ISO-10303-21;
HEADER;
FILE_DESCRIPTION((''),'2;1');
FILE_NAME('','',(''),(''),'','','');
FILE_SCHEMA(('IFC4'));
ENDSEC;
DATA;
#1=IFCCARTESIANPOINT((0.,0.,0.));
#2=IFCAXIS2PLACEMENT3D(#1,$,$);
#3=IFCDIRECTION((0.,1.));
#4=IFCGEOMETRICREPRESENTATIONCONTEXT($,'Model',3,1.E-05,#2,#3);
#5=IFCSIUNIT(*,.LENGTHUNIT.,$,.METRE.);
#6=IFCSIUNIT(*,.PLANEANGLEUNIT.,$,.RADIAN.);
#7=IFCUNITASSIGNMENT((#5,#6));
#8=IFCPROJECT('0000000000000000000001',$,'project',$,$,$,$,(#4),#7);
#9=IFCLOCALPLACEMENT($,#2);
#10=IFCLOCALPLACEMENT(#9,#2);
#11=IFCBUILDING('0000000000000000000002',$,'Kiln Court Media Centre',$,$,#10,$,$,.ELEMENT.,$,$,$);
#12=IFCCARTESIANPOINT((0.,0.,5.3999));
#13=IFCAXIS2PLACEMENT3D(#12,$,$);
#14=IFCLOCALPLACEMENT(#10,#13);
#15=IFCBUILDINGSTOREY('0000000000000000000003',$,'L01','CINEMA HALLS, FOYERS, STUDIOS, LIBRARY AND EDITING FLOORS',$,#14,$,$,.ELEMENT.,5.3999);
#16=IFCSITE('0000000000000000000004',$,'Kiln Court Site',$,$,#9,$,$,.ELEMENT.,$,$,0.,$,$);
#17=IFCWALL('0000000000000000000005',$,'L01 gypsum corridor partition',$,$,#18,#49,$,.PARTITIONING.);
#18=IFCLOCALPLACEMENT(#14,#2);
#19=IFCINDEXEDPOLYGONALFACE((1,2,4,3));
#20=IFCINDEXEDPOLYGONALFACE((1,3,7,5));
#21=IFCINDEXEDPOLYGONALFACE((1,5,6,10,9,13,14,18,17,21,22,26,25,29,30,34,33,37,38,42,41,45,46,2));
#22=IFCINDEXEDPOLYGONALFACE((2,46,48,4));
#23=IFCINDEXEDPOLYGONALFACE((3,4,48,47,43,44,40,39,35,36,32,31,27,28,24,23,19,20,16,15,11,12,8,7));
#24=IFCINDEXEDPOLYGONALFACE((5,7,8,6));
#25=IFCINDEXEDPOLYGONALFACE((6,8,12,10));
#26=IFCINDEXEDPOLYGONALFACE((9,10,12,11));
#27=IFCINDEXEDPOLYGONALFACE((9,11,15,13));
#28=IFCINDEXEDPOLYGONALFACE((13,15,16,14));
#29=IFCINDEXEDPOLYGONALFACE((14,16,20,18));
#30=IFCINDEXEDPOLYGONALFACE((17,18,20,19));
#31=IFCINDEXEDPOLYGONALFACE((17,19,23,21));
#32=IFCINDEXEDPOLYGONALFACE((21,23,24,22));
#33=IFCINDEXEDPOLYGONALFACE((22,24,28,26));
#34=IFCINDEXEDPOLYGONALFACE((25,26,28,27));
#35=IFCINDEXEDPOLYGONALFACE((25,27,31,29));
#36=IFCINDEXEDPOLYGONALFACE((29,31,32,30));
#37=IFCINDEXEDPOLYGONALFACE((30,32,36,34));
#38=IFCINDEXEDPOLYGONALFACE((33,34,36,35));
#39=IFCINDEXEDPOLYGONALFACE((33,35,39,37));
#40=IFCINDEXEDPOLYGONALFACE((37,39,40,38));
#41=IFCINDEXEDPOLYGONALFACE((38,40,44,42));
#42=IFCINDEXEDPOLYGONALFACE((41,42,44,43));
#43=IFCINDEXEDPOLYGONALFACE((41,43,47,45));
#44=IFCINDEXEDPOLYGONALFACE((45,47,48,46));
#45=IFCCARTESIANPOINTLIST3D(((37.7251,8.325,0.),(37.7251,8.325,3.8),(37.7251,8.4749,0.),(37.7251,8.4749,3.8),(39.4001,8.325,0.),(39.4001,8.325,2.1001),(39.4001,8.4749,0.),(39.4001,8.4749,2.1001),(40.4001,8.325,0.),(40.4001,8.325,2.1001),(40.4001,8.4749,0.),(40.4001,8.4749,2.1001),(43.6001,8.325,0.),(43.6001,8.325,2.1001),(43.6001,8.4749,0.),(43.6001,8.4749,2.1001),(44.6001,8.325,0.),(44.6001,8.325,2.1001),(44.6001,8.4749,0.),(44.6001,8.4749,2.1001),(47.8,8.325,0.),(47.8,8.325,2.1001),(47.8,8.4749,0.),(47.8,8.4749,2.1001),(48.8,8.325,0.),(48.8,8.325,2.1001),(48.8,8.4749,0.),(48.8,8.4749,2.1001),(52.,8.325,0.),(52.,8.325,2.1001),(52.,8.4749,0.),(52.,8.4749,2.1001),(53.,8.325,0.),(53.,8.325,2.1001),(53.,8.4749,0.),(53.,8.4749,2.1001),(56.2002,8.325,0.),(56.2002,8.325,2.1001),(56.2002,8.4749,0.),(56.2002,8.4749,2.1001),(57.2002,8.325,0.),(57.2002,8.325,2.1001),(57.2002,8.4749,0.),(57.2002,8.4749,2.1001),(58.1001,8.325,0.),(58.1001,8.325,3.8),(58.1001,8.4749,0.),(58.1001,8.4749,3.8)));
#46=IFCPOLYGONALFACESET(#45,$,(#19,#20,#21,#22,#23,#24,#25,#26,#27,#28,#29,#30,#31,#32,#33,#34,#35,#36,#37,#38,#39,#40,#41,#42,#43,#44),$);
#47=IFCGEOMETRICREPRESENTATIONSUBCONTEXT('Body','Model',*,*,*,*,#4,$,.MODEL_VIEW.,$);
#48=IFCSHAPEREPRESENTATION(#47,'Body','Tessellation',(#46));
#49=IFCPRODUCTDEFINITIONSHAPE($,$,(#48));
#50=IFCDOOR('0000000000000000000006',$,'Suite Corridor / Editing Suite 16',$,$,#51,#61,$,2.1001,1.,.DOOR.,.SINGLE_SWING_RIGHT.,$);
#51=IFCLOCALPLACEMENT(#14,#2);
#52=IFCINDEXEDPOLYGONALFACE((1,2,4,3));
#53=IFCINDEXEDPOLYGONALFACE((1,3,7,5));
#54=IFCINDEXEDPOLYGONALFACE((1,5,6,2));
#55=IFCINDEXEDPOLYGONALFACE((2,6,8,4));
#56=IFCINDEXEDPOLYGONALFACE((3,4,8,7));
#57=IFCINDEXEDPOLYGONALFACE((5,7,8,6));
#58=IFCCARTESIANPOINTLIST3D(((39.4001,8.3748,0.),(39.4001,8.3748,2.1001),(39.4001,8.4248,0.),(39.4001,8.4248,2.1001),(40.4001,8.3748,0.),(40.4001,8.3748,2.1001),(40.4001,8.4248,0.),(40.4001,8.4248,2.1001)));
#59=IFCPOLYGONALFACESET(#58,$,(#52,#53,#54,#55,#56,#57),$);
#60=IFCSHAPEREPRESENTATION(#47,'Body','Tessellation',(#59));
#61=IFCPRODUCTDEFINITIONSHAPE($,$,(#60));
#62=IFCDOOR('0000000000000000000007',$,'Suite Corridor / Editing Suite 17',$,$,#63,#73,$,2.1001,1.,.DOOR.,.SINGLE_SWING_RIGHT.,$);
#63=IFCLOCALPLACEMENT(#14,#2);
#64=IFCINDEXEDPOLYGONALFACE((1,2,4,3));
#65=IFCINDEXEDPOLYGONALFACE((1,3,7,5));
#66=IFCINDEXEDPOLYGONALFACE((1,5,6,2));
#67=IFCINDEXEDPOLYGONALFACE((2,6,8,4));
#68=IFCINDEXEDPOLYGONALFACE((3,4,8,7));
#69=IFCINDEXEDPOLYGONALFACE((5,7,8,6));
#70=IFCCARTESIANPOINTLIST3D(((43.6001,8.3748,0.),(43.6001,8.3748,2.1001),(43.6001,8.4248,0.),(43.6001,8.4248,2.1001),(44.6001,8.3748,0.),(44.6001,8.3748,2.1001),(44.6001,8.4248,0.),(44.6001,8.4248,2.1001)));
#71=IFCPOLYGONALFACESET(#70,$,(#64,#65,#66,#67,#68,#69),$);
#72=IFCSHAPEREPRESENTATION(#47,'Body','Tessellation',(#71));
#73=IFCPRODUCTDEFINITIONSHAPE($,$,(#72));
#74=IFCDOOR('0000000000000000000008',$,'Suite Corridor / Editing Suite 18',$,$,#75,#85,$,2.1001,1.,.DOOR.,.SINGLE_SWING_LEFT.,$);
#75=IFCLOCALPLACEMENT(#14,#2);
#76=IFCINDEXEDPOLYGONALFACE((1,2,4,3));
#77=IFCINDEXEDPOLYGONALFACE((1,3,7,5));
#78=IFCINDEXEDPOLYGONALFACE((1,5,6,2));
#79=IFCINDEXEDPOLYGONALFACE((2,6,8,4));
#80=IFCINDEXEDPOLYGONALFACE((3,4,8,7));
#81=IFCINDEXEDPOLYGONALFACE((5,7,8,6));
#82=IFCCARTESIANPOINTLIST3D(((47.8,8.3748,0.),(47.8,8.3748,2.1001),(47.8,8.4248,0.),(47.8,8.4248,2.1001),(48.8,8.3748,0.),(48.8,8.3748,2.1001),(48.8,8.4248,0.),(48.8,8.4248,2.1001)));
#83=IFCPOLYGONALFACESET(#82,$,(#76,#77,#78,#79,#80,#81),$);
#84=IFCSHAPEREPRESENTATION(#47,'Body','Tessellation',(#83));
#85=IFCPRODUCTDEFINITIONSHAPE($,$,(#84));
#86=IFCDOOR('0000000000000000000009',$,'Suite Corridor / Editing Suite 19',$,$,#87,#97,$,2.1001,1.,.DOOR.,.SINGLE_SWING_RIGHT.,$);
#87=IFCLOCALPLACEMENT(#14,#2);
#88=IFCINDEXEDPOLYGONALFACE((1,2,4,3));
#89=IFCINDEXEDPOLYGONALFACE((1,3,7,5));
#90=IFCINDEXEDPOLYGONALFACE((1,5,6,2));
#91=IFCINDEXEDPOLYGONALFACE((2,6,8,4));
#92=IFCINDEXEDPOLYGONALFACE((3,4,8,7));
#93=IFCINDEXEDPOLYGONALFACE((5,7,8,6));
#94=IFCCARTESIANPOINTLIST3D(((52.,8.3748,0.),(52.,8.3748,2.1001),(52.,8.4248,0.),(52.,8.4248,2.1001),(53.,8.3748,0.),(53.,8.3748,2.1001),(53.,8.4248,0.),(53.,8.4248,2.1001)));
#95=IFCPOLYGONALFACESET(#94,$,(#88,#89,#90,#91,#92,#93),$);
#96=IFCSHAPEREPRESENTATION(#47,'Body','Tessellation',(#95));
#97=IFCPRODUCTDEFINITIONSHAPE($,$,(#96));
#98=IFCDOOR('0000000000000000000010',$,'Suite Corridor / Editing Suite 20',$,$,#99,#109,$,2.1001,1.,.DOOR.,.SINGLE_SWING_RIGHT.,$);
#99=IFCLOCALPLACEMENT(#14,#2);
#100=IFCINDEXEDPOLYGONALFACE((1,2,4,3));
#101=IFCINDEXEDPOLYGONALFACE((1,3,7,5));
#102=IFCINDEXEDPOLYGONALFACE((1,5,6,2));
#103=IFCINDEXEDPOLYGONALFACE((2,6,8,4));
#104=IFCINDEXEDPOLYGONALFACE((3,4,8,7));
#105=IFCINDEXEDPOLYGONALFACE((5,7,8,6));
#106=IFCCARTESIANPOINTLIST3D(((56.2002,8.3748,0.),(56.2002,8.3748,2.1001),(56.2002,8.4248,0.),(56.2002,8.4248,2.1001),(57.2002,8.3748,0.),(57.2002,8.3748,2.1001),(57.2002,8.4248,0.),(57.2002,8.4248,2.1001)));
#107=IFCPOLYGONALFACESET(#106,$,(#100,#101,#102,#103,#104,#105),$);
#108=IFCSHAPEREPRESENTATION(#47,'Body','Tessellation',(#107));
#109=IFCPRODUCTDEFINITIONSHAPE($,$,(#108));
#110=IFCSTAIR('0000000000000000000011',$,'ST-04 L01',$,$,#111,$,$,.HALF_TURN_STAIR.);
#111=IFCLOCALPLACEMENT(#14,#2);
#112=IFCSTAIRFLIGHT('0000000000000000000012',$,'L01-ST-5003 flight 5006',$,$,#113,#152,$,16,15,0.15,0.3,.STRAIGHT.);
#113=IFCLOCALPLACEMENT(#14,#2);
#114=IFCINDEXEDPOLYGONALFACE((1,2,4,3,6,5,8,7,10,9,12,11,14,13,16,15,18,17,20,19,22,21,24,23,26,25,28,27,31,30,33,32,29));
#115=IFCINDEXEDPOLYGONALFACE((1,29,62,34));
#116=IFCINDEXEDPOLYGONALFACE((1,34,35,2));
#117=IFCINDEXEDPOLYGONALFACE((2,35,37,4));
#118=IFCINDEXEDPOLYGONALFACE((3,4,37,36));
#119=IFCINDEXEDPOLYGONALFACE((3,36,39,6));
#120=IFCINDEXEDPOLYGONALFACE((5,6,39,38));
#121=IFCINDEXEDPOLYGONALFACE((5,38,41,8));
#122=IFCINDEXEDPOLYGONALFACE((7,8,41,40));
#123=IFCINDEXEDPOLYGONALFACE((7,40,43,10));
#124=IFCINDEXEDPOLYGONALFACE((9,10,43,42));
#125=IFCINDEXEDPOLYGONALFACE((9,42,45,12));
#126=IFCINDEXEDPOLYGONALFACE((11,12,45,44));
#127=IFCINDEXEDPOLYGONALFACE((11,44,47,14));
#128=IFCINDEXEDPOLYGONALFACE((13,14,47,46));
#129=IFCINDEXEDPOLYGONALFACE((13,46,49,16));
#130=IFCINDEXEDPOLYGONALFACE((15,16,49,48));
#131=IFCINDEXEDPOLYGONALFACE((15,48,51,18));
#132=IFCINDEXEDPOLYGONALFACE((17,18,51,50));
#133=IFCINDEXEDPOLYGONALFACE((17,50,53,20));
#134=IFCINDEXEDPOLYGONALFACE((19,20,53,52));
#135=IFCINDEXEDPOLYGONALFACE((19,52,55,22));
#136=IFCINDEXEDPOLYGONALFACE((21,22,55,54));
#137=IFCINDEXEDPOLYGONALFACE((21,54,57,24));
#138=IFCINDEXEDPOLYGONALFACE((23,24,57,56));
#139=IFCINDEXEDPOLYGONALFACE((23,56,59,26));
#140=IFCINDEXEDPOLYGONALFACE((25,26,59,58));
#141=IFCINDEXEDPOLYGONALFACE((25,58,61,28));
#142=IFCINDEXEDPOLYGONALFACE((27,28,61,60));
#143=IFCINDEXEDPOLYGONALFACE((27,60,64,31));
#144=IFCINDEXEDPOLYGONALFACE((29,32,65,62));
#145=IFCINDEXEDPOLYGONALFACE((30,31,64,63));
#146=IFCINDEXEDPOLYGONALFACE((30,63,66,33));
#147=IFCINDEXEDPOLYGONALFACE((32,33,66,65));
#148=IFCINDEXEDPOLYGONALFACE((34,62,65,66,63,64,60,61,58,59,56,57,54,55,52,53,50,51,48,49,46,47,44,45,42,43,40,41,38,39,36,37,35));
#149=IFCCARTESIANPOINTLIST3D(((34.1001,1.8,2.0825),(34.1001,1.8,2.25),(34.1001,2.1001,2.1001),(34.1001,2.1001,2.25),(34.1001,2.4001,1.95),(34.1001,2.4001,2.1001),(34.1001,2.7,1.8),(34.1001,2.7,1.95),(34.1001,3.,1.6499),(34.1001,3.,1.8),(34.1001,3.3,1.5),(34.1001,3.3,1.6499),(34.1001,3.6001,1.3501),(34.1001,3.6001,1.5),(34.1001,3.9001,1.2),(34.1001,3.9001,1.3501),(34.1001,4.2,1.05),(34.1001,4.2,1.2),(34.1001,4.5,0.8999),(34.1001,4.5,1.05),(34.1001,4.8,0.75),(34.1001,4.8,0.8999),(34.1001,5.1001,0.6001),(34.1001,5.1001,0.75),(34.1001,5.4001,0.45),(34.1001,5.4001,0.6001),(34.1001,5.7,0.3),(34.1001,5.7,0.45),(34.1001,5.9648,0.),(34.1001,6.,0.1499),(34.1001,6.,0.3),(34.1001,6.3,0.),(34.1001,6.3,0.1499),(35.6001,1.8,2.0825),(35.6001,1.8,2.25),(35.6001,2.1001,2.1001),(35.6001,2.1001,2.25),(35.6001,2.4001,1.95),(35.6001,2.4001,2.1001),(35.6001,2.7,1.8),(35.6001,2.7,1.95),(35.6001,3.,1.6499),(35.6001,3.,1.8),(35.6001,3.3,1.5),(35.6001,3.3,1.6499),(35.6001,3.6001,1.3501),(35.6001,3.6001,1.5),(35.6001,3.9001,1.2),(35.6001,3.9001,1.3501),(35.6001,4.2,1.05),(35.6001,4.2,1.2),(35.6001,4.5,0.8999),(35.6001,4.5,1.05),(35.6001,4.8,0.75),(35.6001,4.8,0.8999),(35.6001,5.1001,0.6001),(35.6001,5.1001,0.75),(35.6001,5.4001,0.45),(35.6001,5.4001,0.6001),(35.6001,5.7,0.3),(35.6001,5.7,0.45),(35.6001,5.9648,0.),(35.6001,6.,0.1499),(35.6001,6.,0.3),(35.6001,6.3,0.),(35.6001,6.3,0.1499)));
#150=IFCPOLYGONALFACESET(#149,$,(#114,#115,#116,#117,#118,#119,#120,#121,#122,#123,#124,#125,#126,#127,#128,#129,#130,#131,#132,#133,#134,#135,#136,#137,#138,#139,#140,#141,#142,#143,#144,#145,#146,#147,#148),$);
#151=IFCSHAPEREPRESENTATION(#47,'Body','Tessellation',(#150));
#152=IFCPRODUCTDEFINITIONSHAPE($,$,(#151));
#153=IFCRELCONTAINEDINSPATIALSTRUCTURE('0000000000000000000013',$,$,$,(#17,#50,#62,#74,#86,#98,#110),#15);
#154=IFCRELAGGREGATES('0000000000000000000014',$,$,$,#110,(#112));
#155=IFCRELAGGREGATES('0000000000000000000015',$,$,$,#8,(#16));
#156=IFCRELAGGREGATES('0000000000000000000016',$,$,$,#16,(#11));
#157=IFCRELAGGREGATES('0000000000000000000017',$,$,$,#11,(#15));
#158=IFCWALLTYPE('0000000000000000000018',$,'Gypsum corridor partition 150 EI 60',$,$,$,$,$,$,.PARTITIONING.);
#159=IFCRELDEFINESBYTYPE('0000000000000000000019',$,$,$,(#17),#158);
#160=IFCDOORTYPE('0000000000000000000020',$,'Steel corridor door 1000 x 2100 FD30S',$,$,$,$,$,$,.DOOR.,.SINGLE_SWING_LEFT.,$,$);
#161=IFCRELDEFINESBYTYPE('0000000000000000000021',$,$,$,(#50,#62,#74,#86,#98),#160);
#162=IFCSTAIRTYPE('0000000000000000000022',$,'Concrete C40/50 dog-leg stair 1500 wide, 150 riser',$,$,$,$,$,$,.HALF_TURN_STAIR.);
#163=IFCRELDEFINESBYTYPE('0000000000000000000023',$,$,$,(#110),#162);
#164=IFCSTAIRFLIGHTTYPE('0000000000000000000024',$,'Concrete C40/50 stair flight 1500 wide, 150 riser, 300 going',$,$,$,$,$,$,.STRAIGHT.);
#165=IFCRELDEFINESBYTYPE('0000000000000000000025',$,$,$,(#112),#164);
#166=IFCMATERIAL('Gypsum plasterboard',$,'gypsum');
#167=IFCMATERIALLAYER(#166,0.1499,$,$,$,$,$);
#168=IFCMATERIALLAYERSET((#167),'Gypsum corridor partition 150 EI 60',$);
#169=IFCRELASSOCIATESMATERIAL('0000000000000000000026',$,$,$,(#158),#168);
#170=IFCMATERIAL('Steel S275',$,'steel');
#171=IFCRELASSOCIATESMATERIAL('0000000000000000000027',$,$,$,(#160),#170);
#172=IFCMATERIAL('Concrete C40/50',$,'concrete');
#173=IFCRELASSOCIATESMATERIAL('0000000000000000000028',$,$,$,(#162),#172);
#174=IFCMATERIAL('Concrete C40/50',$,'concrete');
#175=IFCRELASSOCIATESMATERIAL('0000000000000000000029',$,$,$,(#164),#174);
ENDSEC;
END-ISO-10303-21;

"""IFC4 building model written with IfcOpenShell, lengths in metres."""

from ifc_helpers import new_model, si_unit, direction, frame, frame_2d, origin, place, context, subcontext, project, spatial, polyline, rectangle, outline, extrude, material, layer, layer_set, type_object, element, fill, aggregate, save


model = new_model("IFC4")

# Units and contexts
model_context = context("Model", 3, precision=1e-05, world=origin(), true_north=direction((0.0, 1.0)))
body_context = subcontext(model_context, "Body", "Model", "MODEL_VIEW")
ifc_project = project(units=[si_unit("LENGTHUNIT", "METRE"), si_unit("PLANEANGLEUNIT", "RADIAN")], contexts=[model_context])

# Site, building, storey
site_placement = place(None, origin())
site = spatial("IfcSite", under=ifc_project, at=site_placement, Name="Kiln Court Site", CompositionType="ELEMENT", RefElevation=0.0)
building_placement = place(site_placement, origin())
building = spatial("IfcBuilding", under=site, at=building_placement, Name="Kiln Court Media Centre", CompositionType="ELEMENT")
storey_placement = place(building_placement, frame((0.0, 0.0, 5.3999)))
storey = spatial("IfcBuildingStorey", under=building, at=storey_placement, Name="L01", Description="CINEMA HALLS, FOYERS, STUDIOS, LIBRARY AND EDITING FLOORS", CompositionType="ELEMENT", Elevation=5.3999)

# Wall, openings, doors
ifc_material_1 = material(Name="Gypsum plasterboard", Category="gypsum")
ifc_layer_1 = layer(ifc_material_1, 0.1499)
ifc_layer_set_1 = layer_set([ifc_layer_1], Name="Gypsum corridor partition 150 EI 60")
wall_type_1 = type_object("IfcWallType", Name="Gypsum corridor partition 150 EI 60", PredefinedType="PARTITIONING", material=ifc_layer_set_1)
ifc_material_2 = material(Name="Steel S275", Category="steel")
door_type_1 = type_object("IfcDoorType", Name="Steel corridor door 1000 x 2100 FD30S", OperationType="SINGLE_SWING_LEFT", PredefinedType="DOOR", material=ifc_material_2)
wall_1_placement = place(storey_placement, frame((37.7251, 8.3999, 0.0), z_axis=(0.0, 0.0, 1.0), x_axis=(1.0, 0.0, 0.0)))
wall_1 = element("IfcWall", 1, at=wall_1_placement, inside=storey, type_object=wall_type_1, Name="L01 gypsum corridor partition", PredefinedType="PARTITIONING", context=body_context, shape_type="SweptSolid", body=[
    extrude(rectangle(XDim=20.375, YDim=0.1499, at=frame_2d((10.1875, 0.0))), origin(), (0.0, 0.0, 1.0), 3.8),
])
opening_1_placement = place(wall_1_placement, frame((1.675, 0.0, 0.0)))
opening_1 = element("IfcOpeningElement", 2, at=opening_1_placement, cuts=wall_1, PredefinedType="OPENING", context=body_context, shape_type="SweptSolid", body=[
    extrude(rectangle(XDim=1.0, YDim=2.1001, at=frame_2d((0.5, 1.05))), frame((0.0, 0.085, 0.0), z_axis=(0.0, -1.0, 0.0), x_axis=(1.0, 0.0, 0.0)), (0.0, 0.0, 1.0), 0.1699),
])
opening_2_placement = place(wall_1_placement, frame((5.875, 0.0, 0.0)))
opening_2 = element("IfcOpeningElement", 3, at=opening_2_placement, cuts=wall_1, PredefinedType="OPENING", context=body_context, shape_type="SweptSolid", body=[
    extrude(rectangle(XDim=1.0, YDim=2.1001, at=frame_2d((0.5, 1.05))), frame((0.0, 0.085, 0.0), z_axis=(0.0, -1.0, 0.0), x_axis=(1.0, 0.0, 0.0)), (0.0, 0.0, 1.0), 0.1699),
])
opening_3_placement = place(wall_1_placement, frame((10.075, 0.0, 0.0)))
opening_3 = element("IfcOpeningElement", 4, at=opening_3_placement, cuts=wall_1, PredefinedType="OPENING", context=body_context, shape_type="SweptSolid", body=[
    extrude(rectangle(XDim=1.0, YDim=2.1001, at=frame_2d((0.5, 1.05))), frame((0.0, 0.085, 0.0), z_axis=(0.0, -1.0, 0.0), x_axis=(1.0, 0.0, 0.0)), (0.0, 0.0, 1.0), 0.1699),
])
opening_4_placement = place(wall_1_placement, frame((14.2749, 0.0, 0.0)))
opening_4 = element("IfcOpeningElement", 5, at=opening_4_placement, cuts=wall_1, PredefinedType="OPENING", context=body_context, shape_type="SweptSolid", body=[
    extrude(rectangle(XDim=1.0, YDim=2.1001, at=frame_2d((0.5, 1.05))), frame((0.0, 0.085, 0.0), z_axis=(0.0, -1.0, 0.0), x_axis=(1.0, 0.0, 0.0)), (0.0, 0.0, 1.0), 0.1699),
])
opening_5_placement = place(wall_1_placement, frame((18.4751, 0.0, 0.0)))
opening_5 = element("IfcOpeningElement", 6, at=opening_5_placement, cuts=wall_1, PredefinedType="OPENING", context=body_context, shape_type="SweptSolid", body=[
    extrude(rectangle(XDim=1.0, YDim=2.1001, at=frame_2d((0.5, 1.05))), frame((0.0, 0.085, 0.0), z_axis=(0.0, -1.0, 0.0), x_axis=(1.0, 0.0, 0.0)), (0.0, 0.0, 1.0), 0.1699),
])
door_1_placement = place(opening_1_placement, origin())
door_1 = element("IfcDoor", 7, at=door_1_placement, inside=storey, type_object=door_type_1, Name="Suite Corridor / Editing Suite 16", OperationType="SINGLE_SWING_RIGHT", OverallHeight=2.1001, OverallWidth=1.0, PredefinedType="DOOR", context=body_context, shape_type="SweptSolid", body=[
    extrude(rectangle(XDim=1.0, YDim=2.1001, at=frame_2d((0.5, 1.05))), frame((0.0, 0.0249, 0.0), z_axis=(0.0, -1.0, 0.0), x_axis=(1.0, 0.0, 0.0)), (0.0, 0.0, 1.0), 0.05),
])
fill(opening_1, door_1)
door_2_placement = place(opening_2_placement, origin())
door_2 = element("IfcDoor", 8, at=door_2_placement, inside=storey, type_object=door_type_1, Name="Suite Corridor / Editing Suite 17", OperationType="SINGLE_SWING_RIGHT", OverallHeight=2.1001, OverallWidth=1.0, PredefinedType="DOOR", context=body_context, shape_type="SweptSolid", body=[
    extrude(rectangle(XDim=1.0, YDim=2.1001, at=frame_2d((0.5, 1.05))), frame((0.0, 0.0249, 0.0), z_axis=(0.0, -1.0, 0.0), x_axis=(1.0, 0.0, 0.0)), (0.0, 0.0, 1.0), 0.05),
])
fill(opening_2, door_2)
door_3_placement = place(opening_3_placement, origin())
door_3 = element("IfcDoor", 9, at=door_3_placement, inside=storey, type_object=door_type_1, Name="Suite Corridor / Editing Suite 18", OperationType="SINGLE_SWING_LEFT", OverallHeight=2.1001, OverallWidth=1.0, PredefinedType="DOOR", context=body_context, shape_type="SweptSolid", body=[
    extrude(rectangle(XDim=1.0, YDim=2.1001, at=frame_2d((0.5, 1.05))), frame((0.0, 0.0249, 0.0), z_axis=(0.0, -1.0, 0.0), x_axis=(1.0, 0.0, 0.0)), (0.0, 0.0, 1.0), 0.05),
])
fill(opening_3, door_3)
door_4_placement = place(opening_4_placement, origin())
door_4 = element("IfcDoor", 10, at=door_4_placement, inside=storey, type_object=door_type_1, Name="Suite Corridor / Editing Suite 19", OperationType="SINGLE_SWING_RIGHT", OverallHeight=2.1001, OverallWidth=1.0, PredefinedType="DOOR", context=body_context, shape_type="SweptSolid", body=[
    extrude(rectangle(XDim=1.0, YDim=2.1001, at=frame_2d((0.5, 1.05))), frame((0.0, 0.0249, 0.0), z_axis=(0.0, -1.0, 0.0), x_axis=(1.0, 0.0, 0.0)), (0.0, 0.0, 1.0), 0.05),
])
fill(opening_4, door_4)
door_5_placement = place(opening_5_placement, origin())
door_5 = element("IfcDoor", 11, at=door_5_placement, inside=storey, type_object=door_type_1, Name="Suite Corridor / Editing Suite 20", OperationType="SINGLE_SWING_RIGHT", OverallHeight=2.1001, OverallWidth=1.0, PredefinedType="DOOR", context=body_context, shape_type="SweptSolid", body=[
    extrude(rectangle(XDim=1.0, YDim=2.1001, at=frame_2d((0.5, 1.05))), frame((0.0, 0.0249, 0.0), z_axis=(0.0, -1.0, 0.0), x_axis=(1.0, 0.0, 0.0)), (0.0, 0.0, 1.0), 0.05),
])
fill(opening_5, door_5)

# Stair, stair flight
ifc_material_3 = material(Name="Concrete C40/50", Category="concrete")
stair_type = type_object("IfcStairType", Name="Concrete C40/50 dog-leg stair 1500 wide, 150 riser", PredefinedType="HALF_TURN_STAIR", material=ifc_material_3)
stair_placement = place(storey_placement, origin())
stair = element("IfcStair", 12, at=stair_placement, inside=storey, type_object=stair_type, Name="ST-04 L01", PredefinedType="HALF_TURN_STAIR")
ifc_material_4 = material(Name="Concrete C40/50", Category="concrete")
stair_flight_type = type_object("IfcStairFlightType", Name="Concrete C40/50 stair flight 1500 wide, 150 riser, 300 going", PredefinedType="STRAIGHT", material=ifc_material_4)
stair_flight_1_placement = place(storey_placement, frame((34.8501, 6.3, 0.0), z_axis=(0.0, 0.0, 1.0), x_axis=(0.0, -1.0, 0.0)))
stair_flight_1 = element("IfcStairFlight", 13, at=stair_flight_1_placement, type_object=stair_flight_type, Name="L01-ST-5003 flight 5006", NumberOfRisers=16, NumberOfTreads=15, PredefinedType="STRAIGHT", RiserHeight=0.15, TreadLength=0.3, context=body_context, shape_type="SweptSolid", body=[
    extrude(outline(polyline([(0.0, 0.0), (0.0, 0.1499), (0.3, 0.1499), (0.3, 0.3), (0.6001, 0.3), (0.6001, 0.45), (0.8999, 0.45), (0.8999, 0.6001), (1.2, 0.6001), (1.2, 0.75), (1.5, 0.75), (1.5, 0.8999), (1.8, 0.8999), (1.8, 1.05), (2.1001, 1.05), (2.1001, 1.2), (2.3999, 1.2), (2.3999, 1.3501), (2.7, 1.3501), (2.7, 1.5), (3.0, 1.5), (3.0, 1.6499), (3.3, 1.6499), (3.3, 1.8), (3.6001, 1.8), (3.6001, 1.95), (3.8999, 1.95), (3.8999, 2.1001), (4.2, 2.1001), (4.2, 2.25), (4.5, 2.25), (4.5, 2.3999), (4.5, 2.0825), (0.3352, 0.0), (0.0, 0.0)])), frame((0.0, 0.75, 0.0), z_axis=(0.0, -1.0, 0.0), x_axis=(1.0, 0.0, 0.0)), (0.0, 0.0, 1.0), 1.5),
])
aggregate(stair, [stair_flight_1])

save(model, "model.ifc")
